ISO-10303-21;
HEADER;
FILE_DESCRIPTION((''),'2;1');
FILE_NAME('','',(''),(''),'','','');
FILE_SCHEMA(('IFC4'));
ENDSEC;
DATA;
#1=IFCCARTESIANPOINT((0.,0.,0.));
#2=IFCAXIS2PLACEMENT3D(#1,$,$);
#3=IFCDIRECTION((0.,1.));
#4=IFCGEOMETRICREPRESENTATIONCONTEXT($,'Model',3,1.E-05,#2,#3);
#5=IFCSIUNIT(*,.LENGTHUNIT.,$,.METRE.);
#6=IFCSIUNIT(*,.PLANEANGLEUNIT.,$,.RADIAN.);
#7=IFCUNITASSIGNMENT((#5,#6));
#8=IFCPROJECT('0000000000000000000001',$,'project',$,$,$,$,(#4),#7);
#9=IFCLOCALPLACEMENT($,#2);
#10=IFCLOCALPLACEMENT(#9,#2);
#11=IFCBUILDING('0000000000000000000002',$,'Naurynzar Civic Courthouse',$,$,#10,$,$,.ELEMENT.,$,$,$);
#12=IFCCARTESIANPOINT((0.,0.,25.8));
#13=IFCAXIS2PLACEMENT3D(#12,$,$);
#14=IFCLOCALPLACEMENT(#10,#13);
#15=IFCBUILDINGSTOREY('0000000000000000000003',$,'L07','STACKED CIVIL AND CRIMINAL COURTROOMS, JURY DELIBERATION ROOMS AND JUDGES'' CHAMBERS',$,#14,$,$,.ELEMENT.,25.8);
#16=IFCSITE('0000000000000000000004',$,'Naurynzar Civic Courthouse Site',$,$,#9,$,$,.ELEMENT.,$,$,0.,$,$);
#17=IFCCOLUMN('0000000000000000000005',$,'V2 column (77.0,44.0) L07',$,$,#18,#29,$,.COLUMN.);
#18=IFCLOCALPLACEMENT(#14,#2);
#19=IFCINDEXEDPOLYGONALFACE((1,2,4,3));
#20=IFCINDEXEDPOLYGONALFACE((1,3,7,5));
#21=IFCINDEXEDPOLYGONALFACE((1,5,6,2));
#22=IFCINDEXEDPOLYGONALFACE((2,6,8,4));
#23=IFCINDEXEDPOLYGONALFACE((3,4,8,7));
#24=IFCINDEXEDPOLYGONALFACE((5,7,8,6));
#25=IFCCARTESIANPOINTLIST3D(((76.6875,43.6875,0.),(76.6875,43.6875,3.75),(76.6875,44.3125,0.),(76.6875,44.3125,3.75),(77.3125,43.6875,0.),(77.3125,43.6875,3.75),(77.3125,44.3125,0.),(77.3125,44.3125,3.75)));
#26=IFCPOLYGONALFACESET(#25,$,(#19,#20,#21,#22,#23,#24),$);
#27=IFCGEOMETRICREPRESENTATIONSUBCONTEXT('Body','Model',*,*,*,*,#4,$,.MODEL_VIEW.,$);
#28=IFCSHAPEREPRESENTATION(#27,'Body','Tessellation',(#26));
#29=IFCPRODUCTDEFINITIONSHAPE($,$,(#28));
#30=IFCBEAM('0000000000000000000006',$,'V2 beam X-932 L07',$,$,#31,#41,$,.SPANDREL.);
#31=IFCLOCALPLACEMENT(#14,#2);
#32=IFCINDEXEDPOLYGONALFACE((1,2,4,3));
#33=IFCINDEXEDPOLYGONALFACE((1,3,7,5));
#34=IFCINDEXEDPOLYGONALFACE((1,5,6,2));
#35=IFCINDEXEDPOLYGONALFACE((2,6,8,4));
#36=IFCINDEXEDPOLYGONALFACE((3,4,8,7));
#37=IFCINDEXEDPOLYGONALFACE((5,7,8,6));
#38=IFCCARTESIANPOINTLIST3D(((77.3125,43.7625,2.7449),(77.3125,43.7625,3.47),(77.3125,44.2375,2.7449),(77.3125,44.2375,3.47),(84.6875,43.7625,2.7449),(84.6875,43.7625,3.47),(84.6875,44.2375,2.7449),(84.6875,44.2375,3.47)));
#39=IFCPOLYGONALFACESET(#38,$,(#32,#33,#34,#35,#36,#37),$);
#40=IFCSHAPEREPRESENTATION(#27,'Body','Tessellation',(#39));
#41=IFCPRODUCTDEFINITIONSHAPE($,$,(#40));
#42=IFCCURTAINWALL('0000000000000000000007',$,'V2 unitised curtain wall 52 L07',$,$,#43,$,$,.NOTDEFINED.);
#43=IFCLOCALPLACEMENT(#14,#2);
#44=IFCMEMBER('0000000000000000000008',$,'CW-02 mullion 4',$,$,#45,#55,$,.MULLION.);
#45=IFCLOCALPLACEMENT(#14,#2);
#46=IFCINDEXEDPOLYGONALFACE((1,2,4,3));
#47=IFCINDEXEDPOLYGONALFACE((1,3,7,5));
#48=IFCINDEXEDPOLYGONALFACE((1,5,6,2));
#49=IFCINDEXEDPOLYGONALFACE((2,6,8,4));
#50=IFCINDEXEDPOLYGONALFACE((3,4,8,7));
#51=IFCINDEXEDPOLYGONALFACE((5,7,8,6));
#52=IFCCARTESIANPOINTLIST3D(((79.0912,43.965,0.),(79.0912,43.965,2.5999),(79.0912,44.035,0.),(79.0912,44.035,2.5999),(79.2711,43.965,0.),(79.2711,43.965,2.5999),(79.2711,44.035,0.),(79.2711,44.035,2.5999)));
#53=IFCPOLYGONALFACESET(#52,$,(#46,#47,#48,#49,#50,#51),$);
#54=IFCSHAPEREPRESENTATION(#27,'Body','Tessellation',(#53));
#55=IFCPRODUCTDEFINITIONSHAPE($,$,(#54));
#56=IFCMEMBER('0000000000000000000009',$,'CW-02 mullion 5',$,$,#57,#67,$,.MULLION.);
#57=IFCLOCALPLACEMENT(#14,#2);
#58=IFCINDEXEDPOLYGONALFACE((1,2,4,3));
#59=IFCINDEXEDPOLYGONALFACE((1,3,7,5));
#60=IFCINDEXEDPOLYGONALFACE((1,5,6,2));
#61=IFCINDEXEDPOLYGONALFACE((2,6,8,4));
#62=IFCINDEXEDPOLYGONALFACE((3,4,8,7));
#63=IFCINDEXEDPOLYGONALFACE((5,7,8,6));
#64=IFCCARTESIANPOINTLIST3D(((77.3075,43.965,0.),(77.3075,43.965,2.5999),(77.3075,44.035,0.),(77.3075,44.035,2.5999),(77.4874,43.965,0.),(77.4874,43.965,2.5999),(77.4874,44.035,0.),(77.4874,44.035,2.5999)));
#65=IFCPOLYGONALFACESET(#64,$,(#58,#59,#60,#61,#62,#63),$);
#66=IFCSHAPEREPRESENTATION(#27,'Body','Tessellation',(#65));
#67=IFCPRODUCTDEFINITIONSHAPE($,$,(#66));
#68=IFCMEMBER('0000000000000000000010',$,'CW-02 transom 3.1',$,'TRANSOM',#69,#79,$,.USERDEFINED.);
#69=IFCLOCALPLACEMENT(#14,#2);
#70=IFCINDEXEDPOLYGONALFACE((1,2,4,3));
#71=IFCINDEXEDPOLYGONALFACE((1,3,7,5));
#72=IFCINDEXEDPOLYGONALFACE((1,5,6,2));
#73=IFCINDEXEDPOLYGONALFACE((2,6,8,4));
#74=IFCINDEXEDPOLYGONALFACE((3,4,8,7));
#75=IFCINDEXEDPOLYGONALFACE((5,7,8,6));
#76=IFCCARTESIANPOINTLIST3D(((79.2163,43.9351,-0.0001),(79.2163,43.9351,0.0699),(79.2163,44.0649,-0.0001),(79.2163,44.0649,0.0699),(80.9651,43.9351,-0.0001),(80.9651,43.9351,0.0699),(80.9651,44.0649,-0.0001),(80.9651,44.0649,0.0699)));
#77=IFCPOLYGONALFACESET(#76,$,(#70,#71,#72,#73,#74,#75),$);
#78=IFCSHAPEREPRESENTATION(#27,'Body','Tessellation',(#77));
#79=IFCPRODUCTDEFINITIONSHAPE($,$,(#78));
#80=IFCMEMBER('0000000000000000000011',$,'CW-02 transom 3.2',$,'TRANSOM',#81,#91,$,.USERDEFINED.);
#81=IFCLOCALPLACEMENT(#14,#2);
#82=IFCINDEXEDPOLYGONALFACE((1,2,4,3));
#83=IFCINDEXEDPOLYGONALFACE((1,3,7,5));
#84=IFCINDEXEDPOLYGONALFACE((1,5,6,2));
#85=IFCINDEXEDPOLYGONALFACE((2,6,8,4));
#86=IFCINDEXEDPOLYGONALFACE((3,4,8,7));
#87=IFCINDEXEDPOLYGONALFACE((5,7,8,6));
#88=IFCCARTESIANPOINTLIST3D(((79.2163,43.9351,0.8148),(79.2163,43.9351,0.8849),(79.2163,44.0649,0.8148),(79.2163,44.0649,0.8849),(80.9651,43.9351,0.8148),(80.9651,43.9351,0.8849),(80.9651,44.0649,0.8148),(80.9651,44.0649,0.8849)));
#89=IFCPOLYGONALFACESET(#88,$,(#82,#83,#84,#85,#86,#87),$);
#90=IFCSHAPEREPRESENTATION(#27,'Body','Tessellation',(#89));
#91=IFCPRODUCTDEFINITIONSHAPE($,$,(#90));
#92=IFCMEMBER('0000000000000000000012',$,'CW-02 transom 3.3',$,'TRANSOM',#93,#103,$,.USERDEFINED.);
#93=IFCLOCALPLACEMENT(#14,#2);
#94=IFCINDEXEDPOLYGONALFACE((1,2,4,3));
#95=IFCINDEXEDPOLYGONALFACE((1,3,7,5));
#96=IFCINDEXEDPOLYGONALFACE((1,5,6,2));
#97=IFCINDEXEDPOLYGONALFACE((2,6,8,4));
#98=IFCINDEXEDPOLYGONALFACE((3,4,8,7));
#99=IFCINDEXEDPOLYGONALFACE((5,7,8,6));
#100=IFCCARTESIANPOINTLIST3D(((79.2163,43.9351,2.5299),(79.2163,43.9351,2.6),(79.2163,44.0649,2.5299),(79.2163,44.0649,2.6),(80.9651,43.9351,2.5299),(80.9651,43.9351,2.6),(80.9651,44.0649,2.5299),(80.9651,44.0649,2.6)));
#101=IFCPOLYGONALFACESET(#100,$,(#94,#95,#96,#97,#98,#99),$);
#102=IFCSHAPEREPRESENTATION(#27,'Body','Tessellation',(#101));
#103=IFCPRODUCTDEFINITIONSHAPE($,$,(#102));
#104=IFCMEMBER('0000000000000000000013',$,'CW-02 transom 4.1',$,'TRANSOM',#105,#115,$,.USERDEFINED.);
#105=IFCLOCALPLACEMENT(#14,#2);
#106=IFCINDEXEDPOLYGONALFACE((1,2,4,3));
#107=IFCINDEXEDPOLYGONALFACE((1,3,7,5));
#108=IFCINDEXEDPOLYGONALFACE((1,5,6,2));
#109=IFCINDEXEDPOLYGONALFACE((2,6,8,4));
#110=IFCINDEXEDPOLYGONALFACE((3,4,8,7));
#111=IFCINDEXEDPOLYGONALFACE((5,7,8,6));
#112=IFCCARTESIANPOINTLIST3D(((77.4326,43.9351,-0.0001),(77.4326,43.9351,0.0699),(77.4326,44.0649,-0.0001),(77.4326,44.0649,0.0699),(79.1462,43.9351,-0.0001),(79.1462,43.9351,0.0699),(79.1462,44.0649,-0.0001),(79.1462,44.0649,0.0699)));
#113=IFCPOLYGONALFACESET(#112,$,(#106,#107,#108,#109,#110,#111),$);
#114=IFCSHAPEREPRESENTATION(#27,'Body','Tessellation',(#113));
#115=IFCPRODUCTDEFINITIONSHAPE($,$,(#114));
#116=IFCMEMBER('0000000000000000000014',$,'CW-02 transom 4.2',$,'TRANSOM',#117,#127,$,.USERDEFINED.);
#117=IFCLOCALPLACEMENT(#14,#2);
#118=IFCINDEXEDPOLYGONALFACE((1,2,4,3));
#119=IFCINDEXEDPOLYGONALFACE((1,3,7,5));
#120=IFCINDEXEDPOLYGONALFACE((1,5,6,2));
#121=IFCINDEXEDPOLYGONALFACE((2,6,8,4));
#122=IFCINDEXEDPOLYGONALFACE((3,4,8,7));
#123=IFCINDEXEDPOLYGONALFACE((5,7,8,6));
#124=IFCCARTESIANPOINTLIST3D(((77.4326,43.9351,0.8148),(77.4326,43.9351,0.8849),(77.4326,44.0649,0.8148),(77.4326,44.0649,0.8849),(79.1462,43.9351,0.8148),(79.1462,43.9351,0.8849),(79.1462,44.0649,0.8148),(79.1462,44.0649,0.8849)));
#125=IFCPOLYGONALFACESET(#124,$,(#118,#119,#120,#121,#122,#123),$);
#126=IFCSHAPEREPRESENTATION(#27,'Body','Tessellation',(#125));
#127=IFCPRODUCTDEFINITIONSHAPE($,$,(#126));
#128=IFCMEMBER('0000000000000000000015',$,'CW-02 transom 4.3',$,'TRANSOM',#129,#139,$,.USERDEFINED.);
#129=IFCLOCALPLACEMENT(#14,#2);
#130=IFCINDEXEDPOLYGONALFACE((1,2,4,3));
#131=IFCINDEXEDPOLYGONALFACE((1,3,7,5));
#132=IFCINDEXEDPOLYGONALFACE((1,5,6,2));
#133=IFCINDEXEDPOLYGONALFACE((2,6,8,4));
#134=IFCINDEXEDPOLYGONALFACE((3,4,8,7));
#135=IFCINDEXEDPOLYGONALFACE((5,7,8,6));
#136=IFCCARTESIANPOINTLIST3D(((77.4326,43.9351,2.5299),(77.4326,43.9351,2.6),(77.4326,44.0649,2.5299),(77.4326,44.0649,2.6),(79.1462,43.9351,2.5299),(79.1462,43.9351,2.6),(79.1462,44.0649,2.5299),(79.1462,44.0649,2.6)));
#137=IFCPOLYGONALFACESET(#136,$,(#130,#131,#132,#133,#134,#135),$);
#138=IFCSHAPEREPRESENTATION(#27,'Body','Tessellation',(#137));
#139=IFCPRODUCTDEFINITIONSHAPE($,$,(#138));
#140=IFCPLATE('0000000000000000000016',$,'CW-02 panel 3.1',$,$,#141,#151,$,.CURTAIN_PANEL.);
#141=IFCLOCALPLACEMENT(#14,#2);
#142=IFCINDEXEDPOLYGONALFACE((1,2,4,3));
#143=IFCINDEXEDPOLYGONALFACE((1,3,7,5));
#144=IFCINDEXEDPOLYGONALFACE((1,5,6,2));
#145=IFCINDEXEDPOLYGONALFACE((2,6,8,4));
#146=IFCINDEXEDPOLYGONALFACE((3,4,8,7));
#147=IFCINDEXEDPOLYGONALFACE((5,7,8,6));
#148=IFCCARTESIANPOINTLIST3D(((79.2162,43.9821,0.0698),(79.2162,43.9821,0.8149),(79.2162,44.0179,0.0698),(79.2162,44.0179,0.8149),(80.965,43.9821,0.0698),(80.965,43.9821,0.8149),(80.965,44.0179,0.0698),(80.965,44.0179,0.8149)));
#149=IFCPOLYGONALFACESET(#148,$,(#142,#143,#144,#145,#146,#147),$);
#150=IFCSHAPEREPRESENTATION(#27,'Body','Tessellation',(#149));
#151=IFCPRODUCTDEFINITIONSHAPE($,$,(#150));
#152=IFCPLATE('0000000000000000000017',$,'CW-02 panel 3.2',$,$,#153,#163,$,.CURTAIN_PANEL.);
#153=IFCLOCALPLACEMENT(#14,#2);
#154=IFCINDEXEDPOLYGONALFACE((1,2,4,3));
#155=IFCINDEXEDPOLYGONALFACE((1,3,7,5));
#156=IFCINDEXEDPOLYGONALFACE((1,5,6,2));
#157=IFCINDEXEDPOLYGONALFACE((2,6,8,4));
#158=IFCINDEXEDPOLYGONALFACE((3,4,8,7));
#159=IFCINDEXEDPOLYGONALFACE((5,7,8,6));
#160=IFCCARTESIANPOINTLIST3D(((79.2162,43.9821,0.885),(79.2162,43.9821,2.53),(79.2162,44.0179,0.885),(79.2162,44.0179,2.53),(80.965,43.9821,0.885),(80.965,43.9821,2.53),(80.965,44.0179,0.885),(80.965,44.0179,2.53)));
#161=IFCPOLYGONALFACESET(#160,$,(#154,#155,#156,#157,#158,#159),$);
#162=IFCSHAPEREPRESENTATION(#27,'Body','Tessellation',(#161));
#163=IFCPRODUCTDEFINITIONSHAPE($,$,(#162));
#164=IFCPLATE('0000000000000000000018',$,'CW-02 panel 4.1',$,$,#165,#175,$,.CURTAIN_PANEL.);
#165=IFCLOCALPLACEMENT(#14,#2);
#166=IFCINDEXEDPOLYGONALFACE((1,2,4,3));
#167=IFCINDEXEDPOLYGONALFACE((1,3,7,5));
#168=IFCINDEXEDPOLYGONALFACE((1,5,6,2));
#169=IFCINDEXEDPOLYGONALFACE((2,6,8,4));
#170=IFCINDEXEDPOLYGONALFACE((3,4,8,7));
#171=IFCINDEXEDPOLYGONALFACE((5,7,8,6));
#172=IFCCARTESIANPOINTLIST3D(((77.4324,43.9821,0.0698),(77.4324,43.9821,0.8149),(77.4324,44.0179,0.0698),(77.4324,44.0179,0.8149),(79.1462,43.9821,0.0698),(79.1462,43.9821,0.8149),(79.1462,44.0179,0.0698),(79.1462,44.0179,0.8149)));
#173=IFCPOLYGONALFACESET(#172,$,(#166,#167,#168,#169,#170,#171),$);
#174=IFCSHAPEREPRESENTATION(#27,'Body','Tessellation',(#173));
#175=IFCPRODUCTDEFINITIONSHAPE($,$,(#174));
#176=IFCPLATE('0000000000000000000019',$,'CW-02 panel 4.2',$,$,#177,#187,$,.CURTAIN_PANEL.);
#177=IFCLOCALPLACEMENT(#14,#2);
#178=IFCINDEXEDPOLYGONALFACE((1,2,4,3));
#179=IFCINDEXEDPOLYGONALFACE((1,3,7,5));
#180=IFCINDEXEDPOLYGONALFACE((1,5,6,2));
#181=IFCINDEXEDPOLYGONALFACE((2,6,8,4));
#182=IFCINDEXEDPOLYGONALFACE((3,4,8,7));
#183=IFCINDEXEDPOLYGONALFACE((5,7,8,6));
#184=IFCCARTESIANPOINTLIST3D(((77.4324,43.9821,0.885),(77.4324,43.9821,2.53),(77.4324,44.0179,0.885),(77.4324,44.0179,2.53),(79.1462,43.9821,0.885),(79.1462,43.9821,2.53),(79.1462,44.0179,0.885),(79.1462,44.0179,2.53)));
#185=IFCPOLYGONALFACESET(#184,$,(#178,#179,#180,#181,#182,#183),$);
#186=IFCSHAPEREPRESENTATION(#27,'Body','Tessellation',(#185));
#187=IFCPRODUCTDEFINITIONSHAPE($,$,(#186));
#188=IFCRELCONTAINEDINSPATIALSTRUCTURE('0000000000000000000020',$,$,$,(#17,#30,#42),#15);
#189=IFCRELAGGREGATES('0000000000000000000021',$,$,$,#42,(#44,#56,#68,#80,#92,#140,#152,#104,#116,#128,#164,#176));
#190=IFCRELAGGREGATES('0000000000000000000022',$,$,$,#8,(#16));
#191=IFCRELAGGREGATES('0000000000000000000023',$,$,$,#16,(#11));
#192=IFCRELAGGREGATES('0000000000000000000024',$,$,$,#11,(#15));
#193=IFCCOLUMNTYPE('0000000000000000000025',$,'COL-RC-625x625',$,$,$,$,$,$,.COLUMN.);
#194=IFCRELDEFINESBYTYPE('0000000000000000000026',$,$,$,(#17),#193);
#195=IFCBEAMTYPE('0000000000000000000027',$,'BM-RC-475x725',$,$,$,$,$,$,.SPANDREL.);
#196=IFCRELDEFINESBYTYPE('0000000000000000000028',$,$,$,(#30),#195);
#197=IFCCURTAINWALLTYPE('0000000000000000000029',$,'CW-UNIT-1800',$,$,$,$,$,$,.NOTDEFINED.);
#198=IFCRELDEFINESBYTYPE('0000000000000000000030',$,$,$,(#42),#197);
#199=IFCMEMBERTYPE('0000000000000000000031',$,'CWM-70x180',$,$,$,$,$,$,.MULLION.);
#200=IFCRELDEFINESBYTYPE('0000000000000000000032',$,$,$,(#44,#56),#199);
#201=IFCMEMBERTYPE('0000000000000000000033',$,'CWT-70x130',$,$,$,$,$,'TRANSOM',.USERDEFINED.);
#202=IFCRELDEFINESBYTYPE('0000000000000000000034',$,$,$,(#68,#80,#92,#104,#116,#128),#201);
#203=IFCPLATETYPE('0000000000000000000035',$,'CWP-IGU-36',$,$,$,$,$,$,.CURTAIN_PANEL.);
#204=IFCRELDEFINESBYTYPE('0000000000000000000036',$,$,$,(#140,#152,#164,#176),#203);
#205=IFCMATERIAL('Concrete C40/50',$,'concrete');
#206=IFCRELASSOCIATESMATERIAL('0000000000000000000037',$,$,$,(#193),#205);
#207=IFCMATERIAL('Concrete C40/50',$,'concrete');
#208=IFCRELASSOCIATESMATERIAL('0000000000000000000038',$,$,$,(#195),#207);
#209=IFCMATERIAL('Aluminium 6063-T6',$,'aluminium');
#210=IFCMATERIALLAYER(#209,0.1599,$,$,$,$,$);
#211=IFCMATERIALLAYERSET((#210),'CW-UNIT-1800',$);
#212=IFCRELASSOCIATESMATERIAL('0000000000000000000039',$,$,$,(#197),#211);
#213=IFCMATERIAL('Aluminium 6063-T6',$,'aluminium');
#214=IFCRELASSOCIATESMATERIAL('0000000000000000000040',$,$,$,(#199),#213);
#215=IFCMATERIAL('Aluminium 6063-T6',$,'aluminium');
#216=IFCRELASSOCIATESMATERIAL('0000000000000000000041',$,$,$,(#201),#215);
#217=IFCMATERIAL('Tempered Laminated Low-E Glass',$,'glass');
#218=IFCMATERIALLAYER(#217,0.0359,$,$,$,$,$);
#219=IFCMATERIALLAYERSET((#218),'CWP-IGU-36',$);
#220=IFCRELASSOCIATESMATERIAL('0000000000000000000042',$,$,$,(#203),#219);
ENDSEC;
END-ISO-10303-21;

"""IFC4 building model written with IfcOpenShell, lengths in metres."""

from ifc_helpers import new_model, si_unit, direction, frame, origin, origin_2d, place, context, subcontext, project, spatial, rectangle, extrude, material, layer, layer_set, material_profile, profile_set, type_object, element, aggregate, save


model = new_model("IFC4")

# Units and contexts
model_context = context("Model", 3, precision=1e-05, world=origin(), true_north=direction((0.0, 1.0)))
body_context = subcontext(model_context, "Body", "Model", "MODEL_VIEW")
ifc_project = project(units=[si_unit("LENGTHUNIT", "METRE"), si_unit("PLANEANGLEUNIT", "RADIAN")], contexts=[model_context])

# Site, building, storey
site_placement = place(None, origin())
site = spatial("IfcSite", under=ifc_project, at=site_placement, Name="Naurynzar Civic Courthouse Site", CompositionType="ELEMENT", RefElevation=0.0)
building_placement = place(site_placement, origin())
building = spatial("IfcBuilding", under=site, at=building_placement, Name="Naurynzar Civic Courthouse", CompositionType="ELEMENT")
storey_placement = place(building_placement, frame((0.0, 0.0, 25.8)))
storey = spatial("IfcBuildingStorey", under=building, at=storey_placement, Name="L07", Description="STACKED CIVIL AND CRIMINAL COURTROOMS, JURY DELIBERATION ROOMS AND JUDGES' CHAMBERS", CompositionType="ELEMENT", Elevation=25.8)

# Column
ifc_material_1 = material(Name="Concrete C40/50", Category="concrete")
ifc_material_profile_1 = material_profile(ifc_material_1, rectangle(XDim=0.625, YDim=0.625, at=origin_2d()), Name="RC 625x625")
ifc_profile_set_1 = profile_set([ifc_material_profile_1], Name="Concrete C40/50")
column_type = type_object("IfcColumnType", Name="COL-RC-625x625", PredefinedType="COLUMN", material=ifc_profile_set_1)
column_placement = place(storey_placement, frame((77.0, 44.0, 0.0), z_axis=(0.0, 0.0, 1.0), x_axis=(1.0, 0.0, 0.0)))
element("IfcColumn", 1, at=column_placement, inside=storey, type_object=column_type, Name="V2 column (77.0,44.0) L07", PredefinedType="COLUMN", context=body_context, shape_type="SweptSolid", body=[
    extrude(rectangle(XDim=0.625, YDim=0.625, at=origin_2d()), origin(), (0.0, 0.0, 1.0), 3.75),
])

# Beam
ifc_material_2 = material(Name="Concrete C40/50", Category="concrete")
ifc_material_profile_2 = material_profile(ifc_material_2, rectangle(XDim=0.4751, YDim=0.7251, at=origin_2d()), Name="RCB 475x725")
ifc_profile_set_2 = profile_set([ifc_material_profile_2], Name="Concrete C40/50")
beam_type = type_object("IfcBeamType", Name="BM-RC-475x725", PredefinedType="SPANDREL", material=ifc_profile_set_2)
beam_placement = place(storey_placement, frame((77.3125, 44.0, 3.1074), z_axis=(1.0, 0.0, 0.0), x_axis=(0.0, 1.0, 0.0)))
element("IfcBeam", 2, at=beam_placement, inside=storey, type_object=beam_type, Name="V2 beam X-932 L07", PredefinedType="SPANDREL", context=body_context, shape_type="SweptSolid", body=[
    extrude(rectangle(XDim=0.4751, YDim=0.7251, at=origin_2d()), origin(), (0.0, 0.0, 1.0), 7.375),
])

# Curtain wall, members, plates
ifc_material_3 = material(Name="Aluminium 6063-T6", Category="aluminium")
ifc_layer_1 = layer(ifc_material_3, 0.1599)
ifc_layer_set_1 = layer_set([ifc_layer_1], Name="CW-UNIT-1800")
curtain_wall_type = type_object("IfcCurtainWallType", Name="CW-UNIT-1800", PredefinedType="NOTDEFINED", material=ifc_layer_set_1)
curtain_wall_placement = place(storey_placement, origin())
curtain_wall = element("IfcCurtainWall", 3, at=curtain_wall_placement, inside=storey, type_object=curtain_wall_type, Name="V2 unitised curtain wall 52 L07", PredefinedType="NOTDEFINED")
ifc_material_4 = material(Name="Aluminium 6063-T6", Category="aluminium")
ifc_material_profile_3 = material_profile(ifc_material_4, rectangle(XDim=0.0701, YDim=0.1799, at=origin_2d()), Name="ALU MULLION 70x180")
ifc_profile_set_3 = profile_set([ifc_material_profile_3], Name="Aluminium 6063-T6")
member_type_1 = type_object("IfcMemberType", Name="CWM-70x180", PredefinedType="MULLION", material=ifc_profile_set_3)
member_1_placement = place(storey_placement, frame((79.1812, 44.0, 0.0), z_axis=(0.0, 0.0, 1.0), x_axis=(0.0, -1.0, 0.0)))
member_1 = element("IfcMember", 4, at=member_1_placement, type_object=member_type_1, Name="CW-02 mullion 4", PredefinedType="MULLION", context=body_context, shape_type="SweptSolid", body=[
    extrude(rectangle(XDim=0.0701, YDim=0.1799, at=origin_2d()), origin(), (0.0, 0.0, 1.0), 2.5999),
])
member_2_placement = place(storey_placement, frame((77.3975, 44.0, 0.0), z_axis=(0.0, 0.0, 1.0), x_axis=(0.0, -1.0, 0.0)))
member_2 = element("IfcMember", 5, at=member_2_placement, type_object=member_type_1, Name="CW-02 mullion 5", PredefinedType="MULLION", context=body_context, shape_type="SweptSolid", body=[
    extrude(rectangle(XDim=0.0701, YDim=0.1799, at=origin_2d()), origin(), (0.0, 0.0, 1.0), 2.5999),
])
ifc_material_5 = material(Name="Aluminium 6063-T6", Category="aluminium")
ifc_material_profile_4 = material_profile(ifc_material_5, rectangle(XDim=0.1299, YDim=0.0701, at=origin_2d()), Name="ALU TRANSOM 70x130")
ifc_profile_set_4 = profile_set([ifc_material_profile_4], Name="Aluminium 6063-T6")
member_type_2 = type_object("IfcMemberType", Name="CWT-70x130", ElementType="TRANSOM", PredefinedType="USERDEFINED", material=ifc_profile_set_4)
member_3_placement = place(storey_placement, frame((80.9651, 44.0, 0.0349), z_axis=(-1.0, 0.0, 0.0), x_axis=(0.0, -1.0, 0.0)))
member_3 = element("IfcMember", 6, at=member_3_placement, type_object=member_type_2, Name="CW-02 transom 3.1", ObjectType="TRANSOM", PredefinedType="USERDEFINED", context=body_context, shape_type="SweptSolid", body=[
    extrude(rectangle(XDim=0.1299, YDim=0.0701, at=origin_2d()), origin(), (0.0, 0.0, 1.0), 1.7488),
])
member_4_placement = place(storey_placement, frame((80.9651, 44.0, 0.8499), z_axis=(-1.0, 0.0, 0.0), x_axis=(0.0, -1.0, 0.0)))
member_4 = element("IfcMember", 7, at=member_4_placement, type_object=member_type_2, Name="CW-02 transom 3.2", ObjectType="TRANSOM", PredefinedType="USERDEFINED", context=body_context, shape_type="SweptSolid", body=[
    extrude(rectangle(XDim=0.1299, YDim=0.0701, at=origin_2d()), origin(), (0.0, 0.0, 1.0), 1.7488),
])
member_5_placement = place(storey_placement, frame((80.9651, 44.0, 2.5649), z_axis=(-1.0, 0.0, 0.0), x_axis=(0.0, -1.0, 0.0)))
member_5 = element("IfcMember", 8, at=member_5_placement, type_object=member_type_2, Name="CW-02 transom 3.3", ObjectType="TRANSOM", PredefinedType="USERDEFINED", context=body_context, shape_type="SweptSolid", body=[
    extrude(rectangle(XDim=0.1299, YDim=0.0701, at=origin_2d()), origin(), (0.0, 0.0, 1.0), 1.7488),
])
member_6_placement = place(storey_placement, frame((79.1462, 44.0, 0.0349), z_axis=(-1.0, 0.0, 0.0), x_axis=(0.0, -1.0, 0.0)))
member_6 = element("IfcMember", 9, at=member_6_placement, type_object=member_type_2, Name="CW-02 transom 4.1", ObjectType="TRANSOM", PredefinedType="USERDEFINED", context=body_context, shape_type="SweptSolid", body=[
    extrude(rectangle(XDim=0.1299, YDim=0.0701, at=origin_2d()), origin(), (0.0, 0.0, 1.0), 1.7136),
])
member_7_placement = place(storey_placement, frame((79.1462, 44.0, 0.8499), z_axis=(-1.0, 0.0, 0.0), x_axis=(0.0, -1.0, 0.0)))
member_7 = element("IfcMember", 10, at=member_7_placement, type_object=member_type_2, Name="CW-02 transom 4.2", ObjectType="TRANSOM", PredefinedType="USERDEFINED", context=body_context, shape_type="SweptSolid", body=[
    extrude(rectangle(XDim=0.1299, YDim=0.0701, at=origin_2d()), origin(), (0.0, 0.0, 1.0), 1.7136),
])
member_8_placement = place(storey_placement, frame((79.1462, 44.0, 2.5649), z_axis=(-1.0, 0.0, 0.0), x_axis=(0.0, -1.0, 0.0)))
member_8 = element("IfcMember", 11, at=member_8_placement, type_object=member_type_2, Name="CW-02 transom 4.3", ObjectType="TRANSOM", PredefinedType="USERDEFINED", context=body_context, shape_type="SweptSolid", body=[
    extrude(rectangle(XDim=0.1299, YDim=0.0701, at=origin_2d()), origin(), (0.0, 0.0, 1.0), 1.7136),
])
ifc_material_6 = material(Name="Tempered Laminated Low-E Glass", Category="glass")
ifc_layer_2 = layer(ifc_material_6, 0.0359)
ifc_layer_set_2 = layer_set([ifc_layer_2], Name="CWP-IGU-36")
plate_type = type_object("IfcPlateType", Name="CWP-IGU-36", PredefinedType="CURTAIN_PANEL", material=ifc_layer_set_2)
plate_1_placement = place(storey_placement, frame((80.0906, 44.0, 0.0698), z_axis=(0.0, 0.0, 1.0), x_axis=(-1.0, 0.0, 0.0)))
plate_1 = element("IfcPlate", 12, at=plate_1_placement, type_object=plate_type, Name="CW-02 panel 3.1", PredefinedType="CURTAIN_PANEL", context=body_context, shape_type="SweptSolid", body=[
    extrude(rectangle(XDim=1.7488, YDim=0.0359, at=origin_2d()), origin(), (0.0, 0.0, 1.0), 0.7451),
])
plate_2_placement = place(storey_placement, frame((80.0906, 44.0, 0.885), z_axis=(0.0, 0.0, 1.0), x_axis=(-1.0, 0.0, 0.0)))
plate_2 = element("IfcPlate", 13, at=plate_2_placement, type_object=plate_type, Name="CW-02 panel 3.2", PredefinedType="CURTAIN_PANEL", context=body_context, shape_type="SweptSolid", body=[
    extrude(rectangle(XDim=1.7488, YDim=0.0359, at=origin_2d()), origin(), (0.0, 0.0, 1.0), 1.645),
])
plate_3_placement = place(storey_placement, frame((78.2893, 44.0, 0.0698), z_axis=(0.0, 0.0, 1.0), x_axis=(-1.0, 0.0, 0.0)))
plate_3 = element("IfcPlate", 14, at=plate_3_placement, type_object=plate_type, Name="CW-02 panel 4.1", PredefinedType="CURTAIN_PANEL", context=body_context, shape_type="SweptSolid", body=[
    extrude(rectangle(XDim=1.7139, YDim=0.0359, at=origin_2d()), origin(), (0.0, 0.0, 1.0), 0.7451),
])
plate_4_placement = place(storey_placement, frame((78.2893, 44.0, 0.885), z_axis=(0.0, 0.0, 1.0), x_axis=(-1.0, 0.0, 0.0)))
plate_4 = element("IfcPlate", 15, at=plate_4_placement, type_object=plate_type, Name="CW-02 panel 4.2", PredefinedType="CURTAIN_PANEL", context=body_context, shape_type="SweptSolid", body=[
    extrude(rectangle(XDim=1.7139, YDim=0.0359, at=origin_2d()), origin(), (0.0, 0.0, 1.0), 1.645),
])
aggregate(curtain_wall, [member_1, member_2, member_3, member_4, member_5, plate_1, plate_2, member_6, member_7, member_8, plate_3, plate_4])

save(model, "model.ifc")
